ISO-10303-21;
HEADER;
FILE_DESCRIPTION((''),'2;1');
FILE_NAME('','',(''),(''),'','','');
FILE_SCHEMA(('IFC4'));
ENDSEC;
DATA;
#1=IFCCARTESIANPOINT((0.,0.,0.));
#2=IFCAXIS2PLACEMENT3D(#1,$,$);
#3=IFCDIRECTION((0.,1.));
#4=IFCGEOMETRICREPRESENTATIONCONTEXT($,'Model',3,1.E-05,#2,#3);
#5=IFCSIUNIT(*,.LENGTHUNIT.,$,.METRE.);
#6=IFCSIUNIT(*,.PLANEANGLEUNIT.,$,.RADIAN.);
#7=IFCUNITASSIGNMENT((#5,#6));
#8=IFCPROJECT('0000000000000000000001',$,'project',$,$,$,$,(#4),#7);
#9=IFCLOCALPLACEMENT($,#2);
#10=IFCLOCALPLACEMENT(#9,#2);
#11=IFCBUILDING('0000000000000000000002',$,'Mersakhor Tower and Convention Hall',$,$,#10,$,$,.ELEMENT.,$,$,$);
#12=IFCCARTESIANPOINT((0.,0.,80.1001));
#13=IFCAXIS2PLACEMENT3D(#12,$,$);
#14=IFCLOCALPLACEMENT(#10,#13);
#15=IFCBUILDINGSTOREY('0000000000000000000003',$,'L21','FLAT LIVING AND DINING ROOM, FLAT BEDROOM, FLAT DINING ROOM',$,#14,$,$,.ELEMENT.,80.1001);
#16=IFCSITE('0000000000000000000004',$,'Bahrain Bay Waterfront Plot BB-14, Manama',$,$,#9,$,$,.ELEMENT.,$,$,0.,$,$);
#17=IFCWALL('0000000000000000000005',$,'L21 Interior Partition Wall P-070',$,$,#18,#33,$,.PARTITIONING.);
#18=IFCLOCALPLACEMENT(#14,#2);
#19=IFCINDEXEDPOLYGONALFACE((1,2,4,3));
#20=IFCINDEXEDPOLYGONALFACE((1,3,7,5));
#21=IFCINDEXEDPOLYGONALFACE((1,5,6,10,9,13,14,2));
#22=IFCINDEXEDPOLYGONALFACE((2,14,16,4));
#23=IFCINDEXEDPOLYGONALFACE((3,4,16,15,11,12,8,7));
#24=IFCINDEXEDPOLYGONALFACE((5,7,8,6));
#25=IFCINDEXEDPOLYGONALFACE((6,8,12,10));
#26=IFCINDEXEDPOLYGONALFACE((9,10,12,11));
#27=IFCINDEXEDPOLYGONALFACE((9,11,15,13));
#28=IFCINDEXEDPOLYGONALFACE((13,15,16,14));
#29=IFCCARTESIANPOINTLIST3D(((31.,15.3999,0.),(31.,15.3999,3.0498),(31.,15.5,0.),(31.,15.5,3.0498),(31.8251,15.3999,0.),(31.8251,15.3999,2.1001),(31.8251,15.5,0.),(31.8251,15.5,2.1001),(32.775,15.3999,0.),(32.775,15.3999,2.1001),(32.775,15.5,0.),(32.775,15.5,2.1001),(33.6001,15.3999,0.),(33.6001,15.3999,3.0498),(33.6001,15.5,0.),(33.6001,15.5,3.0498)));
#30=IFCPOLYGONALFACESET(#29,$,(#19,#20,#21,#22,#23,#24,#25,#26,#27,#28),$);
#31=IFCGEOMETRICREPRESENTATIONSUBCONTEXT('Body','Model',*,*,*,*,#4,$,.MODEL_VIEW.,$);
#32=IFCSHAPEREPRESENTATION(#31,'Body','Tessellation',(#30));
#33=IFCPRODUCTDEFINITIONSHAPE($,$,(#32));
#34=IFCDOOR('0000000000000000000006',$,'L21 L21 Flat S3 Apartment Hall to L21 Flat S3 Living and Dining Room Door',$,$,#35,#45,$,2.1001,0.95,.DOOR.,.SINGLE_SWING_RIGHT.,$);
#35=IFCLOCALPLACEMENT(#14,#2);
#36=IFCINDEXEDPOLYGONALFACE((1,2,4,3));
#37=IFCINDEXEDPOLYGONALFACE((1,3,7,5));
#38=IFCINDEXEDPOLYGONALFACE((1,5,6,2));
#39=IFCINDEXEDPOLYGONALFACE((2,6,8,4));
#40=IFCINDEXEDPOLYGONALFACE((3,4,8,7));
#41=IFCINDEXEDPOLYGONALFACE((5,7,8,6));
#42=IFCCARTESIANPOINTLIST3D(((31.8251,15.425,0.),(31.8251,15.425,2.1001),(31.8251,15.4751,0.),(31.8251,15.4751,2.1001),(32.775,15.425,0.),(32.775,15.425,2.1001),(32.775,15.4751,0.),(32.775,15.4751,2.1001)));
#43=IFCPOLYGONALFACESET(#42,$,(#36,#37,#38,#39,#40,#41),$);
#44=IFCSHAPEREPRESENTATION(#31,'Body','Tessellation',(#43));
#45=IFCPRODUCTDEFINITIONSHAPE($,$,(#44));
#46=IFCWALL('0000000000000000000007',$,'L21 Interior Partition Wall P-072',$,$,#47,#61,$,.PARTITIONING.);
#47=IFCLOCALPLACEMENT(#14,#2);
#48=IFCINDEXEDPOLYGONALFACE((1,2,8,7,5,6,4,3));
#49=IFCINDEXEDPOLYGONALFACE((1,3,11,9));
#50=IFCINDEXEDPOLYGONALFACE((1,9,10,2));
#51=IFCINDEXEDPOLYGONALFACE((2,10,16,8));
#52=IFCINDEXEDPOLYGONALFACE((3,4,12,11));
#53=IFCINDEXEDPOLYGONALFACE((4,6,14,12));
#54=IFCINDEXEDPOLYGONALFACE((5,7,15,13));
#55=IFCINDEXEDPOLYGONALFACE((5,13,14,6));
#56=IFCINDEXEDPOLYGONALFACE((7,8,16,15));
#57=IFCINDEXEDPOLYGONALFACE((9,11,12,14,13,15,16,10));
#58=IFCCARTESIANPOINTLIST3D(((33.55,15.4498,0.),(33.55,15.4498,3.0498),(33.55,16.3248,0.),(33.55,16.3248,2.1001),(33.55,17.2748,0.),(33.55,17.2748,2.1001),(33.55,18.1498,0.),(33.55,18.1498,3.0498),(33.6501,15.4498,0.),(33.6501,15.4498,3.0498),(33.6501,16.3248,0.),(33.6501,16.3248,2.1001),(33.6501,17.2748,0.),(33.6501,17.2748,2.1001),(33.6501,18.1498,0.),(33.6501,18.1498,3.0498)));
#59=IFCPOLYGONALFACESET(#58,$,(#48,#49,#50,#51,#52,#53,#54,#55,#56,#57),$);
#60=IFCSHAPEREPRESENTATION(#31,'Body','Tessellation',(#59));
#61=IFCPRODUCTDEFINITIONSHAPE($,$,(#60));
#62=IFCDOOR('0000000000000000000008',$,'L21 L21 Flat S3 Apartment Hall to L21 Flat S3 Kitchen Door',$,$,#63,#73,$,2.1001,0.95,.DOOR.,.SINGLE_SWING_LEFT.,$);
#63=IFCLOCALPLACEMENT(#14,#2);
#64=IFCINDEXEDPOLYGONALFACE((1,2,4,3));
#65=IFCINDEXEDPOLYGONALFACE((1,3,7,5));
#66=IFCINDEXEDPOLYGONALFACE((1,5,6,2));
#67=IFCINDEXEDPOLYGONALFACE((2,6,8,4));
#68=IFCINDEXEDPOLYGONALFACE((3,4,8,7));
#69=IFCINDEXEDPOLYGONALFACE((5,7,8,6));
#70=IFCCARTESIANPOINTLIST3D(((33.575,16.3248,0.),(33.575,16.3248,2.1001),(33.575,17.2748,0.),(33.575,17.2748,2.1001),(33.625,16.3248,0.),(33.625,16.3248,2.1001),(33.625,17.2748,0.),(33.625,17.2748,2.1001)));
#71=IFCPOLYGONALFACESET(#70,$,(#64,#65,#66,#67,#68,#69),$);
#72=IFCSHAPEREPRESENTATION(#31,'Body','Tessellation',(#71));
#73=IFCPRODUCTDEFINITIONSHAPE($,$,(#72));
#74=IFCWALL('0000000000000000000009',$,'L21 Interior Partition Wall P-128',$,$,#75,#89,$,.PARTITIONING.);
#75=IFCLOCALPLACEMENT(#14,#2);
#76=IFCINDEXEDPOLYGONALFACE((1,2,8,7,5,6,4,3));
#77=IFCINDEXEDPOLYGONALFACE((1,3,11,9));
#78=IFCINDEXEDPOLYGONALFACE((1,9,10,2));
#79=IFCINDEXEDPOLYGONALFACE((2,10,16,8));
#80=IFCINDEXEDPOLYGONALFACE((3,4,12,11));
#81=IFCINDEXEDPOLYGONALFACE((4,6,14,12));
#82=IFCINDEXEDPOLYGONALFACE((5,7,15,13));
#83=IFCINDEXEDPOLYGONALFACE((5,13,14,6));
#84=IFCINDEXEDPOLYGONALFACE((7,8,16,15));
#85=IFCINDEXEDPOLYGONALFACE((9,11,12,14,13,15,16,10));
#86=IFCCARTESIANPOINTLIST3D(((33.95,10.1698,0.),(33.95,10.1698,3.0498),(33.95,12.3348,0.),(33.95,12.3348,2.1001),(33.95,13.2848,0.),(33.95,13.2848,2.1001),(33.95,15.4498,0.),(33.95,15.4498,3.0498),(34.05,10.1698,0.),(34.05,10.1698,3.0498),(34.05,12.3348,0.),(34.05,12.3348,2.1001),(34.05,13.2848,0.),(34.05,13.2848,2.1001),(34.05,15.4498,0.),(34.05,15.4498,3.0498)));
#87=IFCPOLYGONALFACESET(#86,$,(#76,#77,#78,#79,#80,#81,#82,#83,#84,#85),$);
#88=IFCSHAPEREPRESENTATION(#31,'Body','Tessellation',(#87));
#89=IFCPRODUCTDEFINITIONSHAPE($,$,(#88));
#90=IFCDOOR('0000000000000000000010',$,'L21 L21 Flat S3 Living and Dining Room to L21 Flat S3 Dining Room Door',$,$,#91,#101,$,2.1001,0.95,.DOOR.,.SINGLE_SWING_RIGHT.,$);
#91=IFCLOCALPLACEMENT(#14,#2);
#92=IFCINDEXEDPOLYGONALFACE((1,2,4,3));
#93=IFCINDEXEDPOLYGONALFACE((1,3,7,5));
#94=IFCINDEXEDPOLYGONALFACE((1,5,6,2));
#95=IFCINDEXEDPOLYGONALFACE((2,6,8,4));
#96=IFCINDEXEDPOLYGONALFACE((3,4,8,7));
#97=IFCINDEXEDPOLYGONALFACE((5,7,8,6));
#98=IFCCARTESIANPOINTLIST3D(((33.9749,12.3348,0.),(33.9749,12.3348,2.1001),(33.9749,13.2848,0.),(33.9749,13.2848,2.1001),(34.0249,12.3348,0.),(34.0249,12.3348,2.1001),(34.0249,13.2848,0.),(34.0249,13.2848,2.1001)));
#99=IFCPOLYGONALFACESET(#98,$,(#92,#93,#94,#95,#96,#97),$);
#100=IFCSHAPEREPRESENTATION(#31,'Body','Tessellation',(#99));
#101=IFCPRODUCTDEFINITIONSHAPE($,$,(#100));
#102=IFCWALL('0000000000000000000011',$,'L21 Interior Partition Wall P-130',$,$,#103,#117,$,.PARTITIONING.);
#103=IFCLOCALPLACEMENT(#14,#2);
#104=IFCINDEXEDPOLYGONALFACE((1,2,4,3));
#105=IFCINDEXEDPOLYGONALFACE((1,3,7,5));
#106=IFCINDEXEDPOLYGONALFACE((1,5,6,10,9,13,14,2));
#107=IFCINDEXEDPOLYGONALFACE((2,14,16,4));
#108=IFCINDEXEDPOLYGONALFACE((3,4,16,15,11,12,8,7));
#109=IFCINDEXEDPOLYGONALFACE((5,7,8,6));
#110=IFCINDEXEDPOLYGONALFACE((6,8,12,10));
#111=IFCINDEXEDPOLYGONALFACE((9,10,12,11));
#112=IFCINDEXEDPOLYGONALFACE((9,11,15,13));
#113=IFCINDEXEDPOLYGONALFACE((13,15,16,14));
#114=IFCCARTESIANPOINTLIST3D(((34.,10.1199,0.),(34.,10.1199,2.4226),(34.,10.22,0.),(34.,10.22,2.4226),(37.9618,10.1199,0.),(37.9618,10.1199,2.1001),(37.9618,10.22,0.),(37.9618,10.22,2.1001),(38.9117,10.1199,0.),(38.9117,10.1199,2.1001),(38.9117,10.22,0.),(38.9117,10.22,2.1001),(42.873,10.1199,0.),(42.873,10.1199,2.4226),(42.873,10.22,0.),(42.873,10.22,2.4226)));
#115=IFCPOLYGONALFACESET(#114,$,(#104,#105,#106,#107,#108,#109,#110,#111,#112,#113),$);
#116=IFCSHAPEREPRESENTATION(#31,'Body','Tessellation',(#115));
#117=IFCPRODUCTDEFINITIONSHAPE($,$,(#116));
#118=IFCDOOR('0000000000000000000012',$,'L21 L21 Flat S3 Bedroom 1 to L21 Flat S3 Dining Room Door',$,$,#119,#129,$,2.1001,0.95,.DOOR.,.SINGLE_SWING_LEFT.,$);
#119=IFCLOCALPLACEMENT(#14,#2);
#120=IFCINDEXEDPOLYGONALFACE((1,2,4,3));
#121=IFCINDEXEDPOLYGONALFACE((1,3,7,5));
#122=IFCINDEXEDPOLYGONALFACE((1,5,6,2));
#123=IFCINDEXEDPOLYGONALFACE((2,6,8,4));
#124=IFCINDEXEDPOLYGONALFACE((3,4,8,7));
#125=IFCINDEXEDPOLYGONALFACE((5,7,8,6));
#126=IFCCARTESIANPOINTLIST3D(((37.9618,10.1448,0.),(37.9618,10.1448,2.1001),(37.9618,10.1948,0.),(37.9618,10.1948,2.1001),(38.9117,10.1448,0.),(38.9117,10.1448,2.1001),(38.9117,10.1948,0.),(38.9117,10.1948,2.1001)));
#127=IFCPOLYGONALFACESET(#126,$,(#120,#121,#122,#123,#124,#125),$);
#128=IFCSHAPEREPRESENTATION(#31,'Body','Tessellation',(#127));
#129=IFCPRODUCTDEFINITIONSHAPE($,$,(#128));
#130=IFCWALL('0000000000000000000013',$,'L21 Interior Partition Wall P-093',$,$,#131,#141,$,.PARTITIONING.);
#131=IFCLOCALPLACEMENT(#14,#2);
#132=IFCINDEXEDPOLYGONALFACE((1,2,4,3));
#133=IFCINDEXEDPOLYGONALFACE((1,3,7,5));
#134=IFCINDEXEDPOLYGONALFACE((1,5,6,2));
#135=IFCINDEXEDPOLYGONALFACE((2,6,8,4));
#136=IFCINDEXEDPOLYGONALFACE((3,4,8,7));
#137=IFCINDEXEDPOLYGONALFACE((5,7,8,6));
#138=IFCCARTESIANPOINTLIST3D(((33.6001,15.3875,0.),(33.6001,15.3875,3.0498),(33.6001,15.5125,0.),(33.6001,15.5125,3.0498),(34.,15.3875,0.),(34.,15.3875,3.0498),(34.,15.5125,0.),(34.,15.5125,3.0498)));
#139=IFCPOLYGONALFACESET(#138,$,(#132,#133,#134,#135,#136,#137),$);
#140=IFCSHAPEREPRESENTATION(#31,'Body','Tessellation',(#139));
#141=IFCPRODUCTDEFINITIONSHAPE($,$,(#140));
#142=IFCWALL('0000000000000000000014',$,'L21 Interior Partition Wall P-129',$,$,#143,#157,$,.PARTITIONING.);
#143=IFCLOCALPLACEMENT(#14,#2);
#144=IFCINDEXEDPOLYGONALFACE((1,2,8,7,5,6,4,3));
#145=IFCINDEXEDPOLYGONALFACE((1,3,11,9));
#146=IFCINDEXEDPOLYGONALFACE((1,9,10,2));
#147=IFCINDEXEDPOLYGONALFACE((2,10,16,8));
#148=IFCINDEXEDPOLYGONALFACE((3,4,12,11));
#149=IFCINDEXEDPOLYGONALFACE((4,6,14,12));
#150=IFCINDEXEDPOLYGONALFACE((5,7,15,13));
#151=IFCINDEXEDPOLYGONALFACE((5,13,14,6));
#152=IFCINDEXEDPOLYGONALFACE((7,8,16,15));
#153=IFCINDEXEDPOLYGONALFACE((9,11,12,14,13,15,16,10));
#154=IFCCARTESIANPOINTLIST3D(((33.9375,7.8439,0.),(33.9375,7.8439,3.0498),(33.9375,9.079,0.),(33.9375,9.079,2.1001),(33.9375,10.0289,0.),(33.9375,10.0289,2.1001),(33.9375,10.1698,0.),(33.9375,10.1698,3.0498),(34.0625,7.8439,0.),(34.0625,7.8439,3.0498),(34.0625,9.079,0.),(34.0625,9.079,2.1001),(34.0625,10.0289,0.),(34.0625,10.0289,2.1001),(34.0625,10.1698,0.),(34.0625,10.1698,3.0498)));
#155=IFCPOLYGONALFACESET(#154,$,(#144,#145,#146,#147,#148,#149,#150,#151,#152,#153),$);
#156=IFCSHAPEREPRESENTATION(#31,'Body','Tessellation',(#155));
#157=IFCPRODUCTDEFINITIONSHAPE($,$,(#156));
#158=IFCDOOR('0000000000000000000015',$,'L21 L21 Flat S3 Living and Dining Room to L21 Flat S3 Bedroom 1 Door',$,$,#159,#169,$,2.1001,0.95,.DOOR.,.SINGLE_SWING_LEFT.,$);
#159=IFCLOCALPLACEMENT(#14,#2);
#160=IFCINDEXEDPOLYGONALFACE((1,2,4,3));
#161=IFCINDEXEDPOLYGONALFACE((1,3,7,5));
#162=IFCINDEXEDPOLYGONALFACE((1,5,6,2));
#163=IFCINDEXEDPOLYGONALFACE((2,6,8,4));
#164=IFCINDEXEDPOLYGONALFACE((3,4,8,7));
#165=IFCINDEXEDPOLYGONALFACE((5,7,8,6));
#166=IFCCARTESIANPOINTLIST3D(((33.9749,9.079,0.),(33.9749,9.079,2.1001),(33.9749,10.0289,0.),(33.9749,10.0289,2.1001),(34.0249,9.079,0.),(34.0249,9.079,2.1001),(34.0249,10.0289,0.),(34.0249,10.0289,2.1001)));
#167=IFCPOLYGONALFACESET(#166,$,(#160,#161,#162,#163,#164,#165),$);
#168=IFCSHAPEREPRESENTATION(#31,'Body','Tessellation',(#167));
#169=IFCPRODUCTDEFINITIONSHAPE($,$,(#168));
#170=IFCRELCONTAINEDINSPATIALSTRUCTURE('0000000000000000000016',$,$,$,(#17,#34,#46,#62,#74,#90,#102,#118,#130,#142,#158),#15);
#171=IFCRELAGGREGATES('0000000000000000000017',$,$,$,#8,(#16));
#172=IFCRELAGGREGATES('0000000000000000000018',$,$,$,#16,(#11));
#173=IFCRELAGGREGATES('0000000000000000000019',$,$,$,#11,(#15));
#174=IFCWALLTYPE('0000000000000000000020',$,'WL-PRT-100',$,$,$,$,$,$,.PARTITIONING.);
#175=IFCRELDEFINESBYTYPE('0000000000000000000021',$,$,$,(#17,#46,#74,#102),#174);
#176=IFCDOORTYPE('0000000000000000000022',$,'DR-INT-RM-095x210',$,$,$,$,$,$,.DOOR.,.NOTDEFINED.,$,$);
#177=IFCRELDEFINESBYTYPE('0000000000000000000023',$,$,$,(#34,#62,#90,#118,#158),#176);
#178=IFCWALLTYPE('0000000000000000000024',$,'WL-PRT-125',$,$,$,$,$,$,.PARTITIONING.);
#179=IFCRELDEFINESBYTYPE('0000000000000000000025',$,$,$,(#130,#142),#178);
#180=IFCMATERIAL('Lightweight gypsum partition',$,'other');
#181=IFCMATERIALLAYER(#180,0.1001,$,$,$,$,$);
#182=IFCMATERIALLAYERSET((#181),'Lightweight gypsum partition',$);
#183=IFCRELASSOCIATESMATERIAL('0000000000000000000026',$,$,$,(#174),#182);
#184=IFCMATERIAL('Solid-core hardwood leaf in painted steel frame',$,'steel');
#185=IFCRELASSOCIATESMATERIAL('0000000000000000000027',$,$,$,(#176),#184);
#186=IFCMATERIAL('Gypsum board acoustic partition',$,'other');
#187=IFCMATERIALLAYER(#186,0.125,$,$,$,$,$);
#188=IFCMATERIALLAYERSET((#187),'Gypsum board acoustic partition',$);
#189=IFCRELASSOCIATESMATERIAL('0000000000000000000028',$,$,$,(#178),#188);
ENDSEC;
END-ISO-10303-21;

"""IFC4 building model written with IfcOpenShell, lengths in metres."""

from ifc_helpers import new_model, si_unit, direction, frame, frame_2d, origin, place, context, subcontext, project, spatial, rectangle, extrude, material, layer, layer_set, type_object, element, fill, save


model = new_model("IFC4")

# Units and contexts
model_context = context("Model", 3, precision=1e-05, world=origin(), true_north=direction((0.0, 1.0)))
body_context = subcontext(model_context, "Body", "Model", "MODEL_VIEW")
ifc_project = project(units=[si_unit("LENGTHUNIT", "METRE"), si_unit("PLANEANGLEUNIT", "RADIAN")], contexts=[model_context])

# Site, building, storey
site_placement = place(None, origin())
site = spatial("IfcSite", under=ifc_project, at=site_placement, Name="Bahrain Bay Waterfront Plot BB-14, Manama", CompositionType="ELEMENT", RefElevation=0.0)
building_placement = place(site_placement, origin())
building = spatial("IfcBuilding", under=site, at=building_placement, Name="Mersakhor Tower and Convention Hall", CompositionType="ELEMENT")
storey_placement = place(building_placement, frame((0.0, 0.0, 80.1001)))
storey = spatial("IfcBuildingStorey", under=building, at=storey_placement, Name="L21", Description="FLAT LIVING AND DINING ROOM, FLAT BEDROOM, FLAT DINING ROOM", CompositionType="ELEMENT", Elevation=80.1001)

# Walls, openings, doors
ifc_material_1 = material(Name="Lightweight gypsum partition", Category="other")
ifc_layer_1 = layer(ifc_material_1, 0.1001)
ifc_layer_set_1 = layer_set([ifc_layer_1], Name="Lightweight gypsum partition")
wall_type_1 = type_object("IfcWallType", Name="WL-PRT-100", PredefinedType="PARTITIONING", material=ifc_layer_set_1)
wall_1_placement = place(storey_placement, frame((33.6001, 15.45, 0.0), z_axis=(0.0, 0.0, 1.0), x_axis=(-1.0, 0.0, 0.0)))
wall_1 = element("IfcWall", 1, at=wall_1_placement, inside=storey, type_object=wall_type_1, Name="L21 Interior Partition Wall P-070", PredefinedType="PARTITIONING", context=body_context, shape_type="SweptSolid", body=[
    extrude(rectangle(XDim=2.6001, YDim=0.1001, at=frame_2d((1.3, 0.0))), origin(), (0.0, 0.0, 1.0), 3.0498),
])
opening_1_placement = place(wall_1_placement, frame((0.825, 0.0, 0.0)))
opening_1 = element("IfcOpeningElement", 2, at=opening_1_placement, cuts=wall_1, PredefinedType="OPENING", context=body_context, shape_type="SweptSolid", body=[
    extrude(rectangle(XDim=0.95, YDim=2.1001, at=frame_2d((0.4751, 1.05))), frame((0.0, 0.0601, 0.0), z_axis=(0.0, -1.0, 0.0), x_axis=(1.0, 0.0, 0.0)), (0.0, 0.0, 1.0), 0.1201),
])
ifc_material_2 = material(Name="Solid-core hardwood leaf in painted steel frame", Category="steel")
door_type_1 = type_object("IfcDoorType", Name="DR-INT-RM-095x210", OperationType="NOTDEFINED", PredefinedType="DOOR", material=ifc_material_2)
door_1_placement = place(opening_1_placement, origin())
door_1 = element("IfcDoor", 3, at=door_1_placement, inside=storey, type_object=door_type_1, Name="L21 L21 Flat S3 Apartment Hall to L21 Flat S3 Living and Dining Room Door", OperationType="SINGLE_SWING_RIGHT", OverallHeight=2.1001, OverallWidth=0.95, PredefinedType="DOOR", context=body_context, shape_type="SweptSolid", body=[
    extrude(rectangle(XDim=0.95, YDim=2.1001, at=frame_2d((0.4751, 1.05))), frame((0.0, 0.0249, 0.0), z_axis=(0.0, -1.0, 0.0), x_axis=(1.0, 0.0, 0.0)), (0.0, 0.0, 1.0), 0.05),
])
fill(opening_1, door_1)
wall_2_placement = place(storey_placement, frame((33.6001, 18.1499, 0.0), z_axis=(0.0, 0.0, 1.0), x_axis=(0.0, -1.0, 0.0)))
wall_2 = element("IfcWall", 4, at=wall_2_placement, inside=storey, type_object=wall_type_1, Name="L21 Interior Partition Wall P-072", PredefinedType="PARTITIONING", context=body_context, shape_type="SweptSolid", body=[
    extrude(rectangle(XDim=2.7, YDim=0.1001, at=frame_2d((1.3501, 0.0))), origin(), (0.0, 0.0, 1.0), 3.0498),
])
opening_2_placement = place(wall_2_placement, frame((0.875, 0.0, 0.0)))
opening_2 = element("IfcOpeningElement", 5, at=opening_2_placement, cuts=wall_2, PredefinedType="OPENING", context=body_context, shape_type="SweptSolid", body=[
    extrude(rectangle(XDim=0.95, YDim=2.1001, at=frame_2d((0.4751, 1.05))), frame((0.0, 0.0601, 0.0), z_axis=(0.0, -1.0, 0.0), x_axis=(1.0, 0.0, 0.0)), (0.0, 0.0, 1.0), 0.1201),
])
door_2_placement = place(opening_2_placement, origin())
door_2 = element("IfcDoor", 6, at=door_2_placement, inside=storey, type_object=door_type_1, Name="L21 L21 Flat S3 Apartment Hall to L21 Flat S3 Kitchen Door", OperationType="SINGLE_SWING_LEFT", OverallHeight=2.1001, OverallWidth=0.95, PredefinedType="DOOR", context=body_context, shape_type="SweptSolid", body=[
    extrude(rectangle(XDim=0.95, YDim=2.1001, at=frame_2d((0.4751, 1.05))), frame((0.0, 0.0249, 0.0), z_axis=(0.0, -1.0, 0.0), x_axis=(1.0, 0.0, 0.0)), (0.0, 0.0, 1.0), 0.05),
])
fill(opening_2, door_2)
wall_3_placement = place(storey_placement, frame((34.0, 15.45, 0.0), z_axis=(0.0, 0.0, 1.0), x_axis=(0.0, -1.0, 0.0)))
wall_3 = element("IfcWall", 7, at=wall_3_placement, inside=storey, type_object=wall_type_1, Name="L21 Interior Partition Wall P-128", PredefinedType="PARTITIONING", context=body_context, shape_type="SweptSolid", body=[
    extrude(rectangle(XDim=5.28, YDim=0.1001, at=frame_2d((2.6401, 0.0))), origin(), (0.0, 0.0, 1.0), 3.0498),
])
opening_3_placement = place(wall_3_placement, frame((2.165, 0.0, 0.0)))
opening_3 = element("IfcOpeningElement", 8, at=opening_3_placement, cuts=wall_3, PredefinedType="OPENING", context=body_context, shape_type="SweptSolid", body=[
    extrude(rectangle(XDim=0.95, YDim=2.1001, at=frame_2d((0.4751, 1.05))), frame((0.0, 0.0601, 0.0), z_axis=(0.0, -1.0, 0.0), x_axis=(1.0, 0.0, 0.0)), (0.0, 0.0, 1.0), 0.1201),
])
door_3_placement = place(opening_3_placement, origin())
door_3 = element("IfcDoor", 9, at=door_3_placement, inside=storey, type_object=door_type_1, Name="L21 L21 Flat S3 Living and Dining Room to L21 Flat S3 Dining Room Door", OperationType="SINGLE_SWING_RIGHT", OverallHeight=2.1001, OverallWidth=0.95, PredefinedType="DOOR", context=body_context, shape_type="SweptSolid", body=[
    extrude(rectangle(XDim=0.95, YDim=2.1001, at=frame_2d((0.4751, 1.05))), frame((0.0, 0.0249, 0.0), z_axis=(0.0, -1.0, 0.0), x_axis=(1.0, 0.0, 0.0)), (0.0, 0.0, 1.0), 0.05),
])
fill(opening_3, door_3)
wall_4_placement = place(storey_placement, frame((34.0, 10.1699, 0.0), z_axis=(0.0, 0.0, 1.0), x_axis=(1.0, 0.0, 0.0)))
wall_4 = element("IfcWall", 10, at=wall_4_placement, inside=storey, type_object=wall_type_1, Name="L21 Interior Partition Wall P-130", PredefinedType="PARTITIONING", context=body_context, shape_type="SweptSolid", body=[
    extrude(rectangle(XDim=8.873, YDim=0.1001, at=frame_2d((4.4365, 0.0))), origin(), (0.0, 0.0, 1.0), 2.4226),
])
opening_4_placement = place(wall_4_placement, frame((3.9617, 0.0, 0.0)))
opening_4 = element("IfcOpeningElement", 11, at=opening_4_placement, cuts=wall_4, PredefinedType="OPENING", context=body_context, shape_type="SweptSolid", body=[
    extrude(rectangle(XDim=0.95, YDim=2.1001, at=frame_2d((0.4751, 1.05))), frame((0.0, 0.0601, 0.0), z_axis=(0.0, -1.0, 0.0), x_axis=(1.0, 0.0, 0.0)), (0.0, 0.0, 1.0), 0.1201),
])
door_4_placement = place(opening_4_placement, origin())
door_4 = element("IfcDoor", 12, at=door_4_placement, inside=storey, type_object=door_type_1, Name="L21 L21 Flat S3 Bedroom 1 to L21 Flat S3 Dining Room Door", OperationType="SINGLE_SWING_LEFT", OverallHeight=2.1001, OverallWidth=0.95, PredefinedType="DOOR", context=body_context, shape_type="SweptSolid", body=[
    extrude(rectangle(XDim=0.95, YDim=2.1001, at=frame_2d((0.4751, 1.05))), frame((0.0, 0.0249, 0.0), z_axis=(0.0, -1.0, 0.0), x_axis=(1.0, 0.0, 0.0)), (0.0, 0.0, 1.0), 0.05),
])
fill(opening_4, door_4)

# Wall
ifc_material_3 = material(Name="Gypsum board acoustic partition", Category="other")
ifc_layer_2 = layer(ifc_material_3, 0.125)
ifc_layer_set_2 = layer_set([ifc_layer_2], Name="Gypsum board acoustic partition")
wall_type_2 = type_object("IfcWallType", Name="WL-PRT-125", PredefinedType="PARTITIONING", material=ifc_layer_set_2)
wall_5_placement = place(storey_placement, frame((34.0, 15.45, 0.0), z_axis=(0.0, 0.0, 1.0), x_axis=(-1.0, 0.0, 0.0)))
element("IfcWall", 13, at=wall_5_placement, inside=storey, type_object=wall_type_2, Name="L21 Interior Partition Wall P-093", PredefinedType="PARTITIONING", context=body_context, shape_type="SweptSolid", body=[
    extrude(rectangle(XDim=0.3999, YDim=0.125, at=frame_2d((0.2, 0.0))), origin(), (0.0, 0.0, 1.0), 3.0498),
])

# Wall, opening, door
wall_6_placement = place(storey_placement, frame((34.0, 10.1699, 0.0), z_axis=(0.0, 0.0, 1.0), x_axis=(0.0, -1.0, 0.0)))
wall_6 = element("IfcWall", 14, at=wall_6_placement, inside=storey, type_object=wall_type_2, Name="L21 Interior Partition Wall P-129", PredefinedType="PARTITIONING", context=body_context, shape_type="SweptSolid", body=[
    extrude(rectangle(XDim=2.3259, YDim=0.125, at=frame_2d((1.1631, 0.0))), origin(), (0.0, 0.0, 1.0), 3.0498),
])
opening_5_placement = place(wall_6_placement, frame((0.1409, 0.0, 0.0)))
opening_5 = element("IfcOpeningElement", 15, at=opening_5_placement, cuts=wall_6, PredefinedType="OPENING", context=body_context, shape_type="SweptSolid", body=[
    extrude(rectangle(XDim=0.95, YDim=2.1001, at=frame_2d((0.4751, 1.05))), frame((0.0, 0.0725, 0.0), z_axis=(0.0, -1.0, 0.0), x_axis=(1.0, 0.0, 0.0)), (0.0, 0.0, 1.0), 0.145),
])
door_5_placement = place(opening_5_placement, origin())
door_5 = element("IfcDoor", 16, at=door_5_placement, inside=storey, type_object=door_type_1, Name="L21 L21 Flat S3 Living and Dining Room to L21 Flat S3 Bedroom 1 Door", OperationType="SINGLE_SWING_LEFT", OverallHeight=2.1001, OverallWidth=0.95, PredefinedType="DOOR", context=body_context, shape_type="SweptSolid", body=[
    extrude(rectangle(XDim=0.95, YDim=2.1001, at=frame_2d((0.4751, 1.05))), frame((0.0, 0.0249, 0.0), z_axis=(0.0, -1.0, 0.0), x_axis=(1.0, 0.0, 0.0)), (0.0, 0.0, 1.0), 0.05),
])
fill(opening_5, door_5)

save(model, "model.ifc")
